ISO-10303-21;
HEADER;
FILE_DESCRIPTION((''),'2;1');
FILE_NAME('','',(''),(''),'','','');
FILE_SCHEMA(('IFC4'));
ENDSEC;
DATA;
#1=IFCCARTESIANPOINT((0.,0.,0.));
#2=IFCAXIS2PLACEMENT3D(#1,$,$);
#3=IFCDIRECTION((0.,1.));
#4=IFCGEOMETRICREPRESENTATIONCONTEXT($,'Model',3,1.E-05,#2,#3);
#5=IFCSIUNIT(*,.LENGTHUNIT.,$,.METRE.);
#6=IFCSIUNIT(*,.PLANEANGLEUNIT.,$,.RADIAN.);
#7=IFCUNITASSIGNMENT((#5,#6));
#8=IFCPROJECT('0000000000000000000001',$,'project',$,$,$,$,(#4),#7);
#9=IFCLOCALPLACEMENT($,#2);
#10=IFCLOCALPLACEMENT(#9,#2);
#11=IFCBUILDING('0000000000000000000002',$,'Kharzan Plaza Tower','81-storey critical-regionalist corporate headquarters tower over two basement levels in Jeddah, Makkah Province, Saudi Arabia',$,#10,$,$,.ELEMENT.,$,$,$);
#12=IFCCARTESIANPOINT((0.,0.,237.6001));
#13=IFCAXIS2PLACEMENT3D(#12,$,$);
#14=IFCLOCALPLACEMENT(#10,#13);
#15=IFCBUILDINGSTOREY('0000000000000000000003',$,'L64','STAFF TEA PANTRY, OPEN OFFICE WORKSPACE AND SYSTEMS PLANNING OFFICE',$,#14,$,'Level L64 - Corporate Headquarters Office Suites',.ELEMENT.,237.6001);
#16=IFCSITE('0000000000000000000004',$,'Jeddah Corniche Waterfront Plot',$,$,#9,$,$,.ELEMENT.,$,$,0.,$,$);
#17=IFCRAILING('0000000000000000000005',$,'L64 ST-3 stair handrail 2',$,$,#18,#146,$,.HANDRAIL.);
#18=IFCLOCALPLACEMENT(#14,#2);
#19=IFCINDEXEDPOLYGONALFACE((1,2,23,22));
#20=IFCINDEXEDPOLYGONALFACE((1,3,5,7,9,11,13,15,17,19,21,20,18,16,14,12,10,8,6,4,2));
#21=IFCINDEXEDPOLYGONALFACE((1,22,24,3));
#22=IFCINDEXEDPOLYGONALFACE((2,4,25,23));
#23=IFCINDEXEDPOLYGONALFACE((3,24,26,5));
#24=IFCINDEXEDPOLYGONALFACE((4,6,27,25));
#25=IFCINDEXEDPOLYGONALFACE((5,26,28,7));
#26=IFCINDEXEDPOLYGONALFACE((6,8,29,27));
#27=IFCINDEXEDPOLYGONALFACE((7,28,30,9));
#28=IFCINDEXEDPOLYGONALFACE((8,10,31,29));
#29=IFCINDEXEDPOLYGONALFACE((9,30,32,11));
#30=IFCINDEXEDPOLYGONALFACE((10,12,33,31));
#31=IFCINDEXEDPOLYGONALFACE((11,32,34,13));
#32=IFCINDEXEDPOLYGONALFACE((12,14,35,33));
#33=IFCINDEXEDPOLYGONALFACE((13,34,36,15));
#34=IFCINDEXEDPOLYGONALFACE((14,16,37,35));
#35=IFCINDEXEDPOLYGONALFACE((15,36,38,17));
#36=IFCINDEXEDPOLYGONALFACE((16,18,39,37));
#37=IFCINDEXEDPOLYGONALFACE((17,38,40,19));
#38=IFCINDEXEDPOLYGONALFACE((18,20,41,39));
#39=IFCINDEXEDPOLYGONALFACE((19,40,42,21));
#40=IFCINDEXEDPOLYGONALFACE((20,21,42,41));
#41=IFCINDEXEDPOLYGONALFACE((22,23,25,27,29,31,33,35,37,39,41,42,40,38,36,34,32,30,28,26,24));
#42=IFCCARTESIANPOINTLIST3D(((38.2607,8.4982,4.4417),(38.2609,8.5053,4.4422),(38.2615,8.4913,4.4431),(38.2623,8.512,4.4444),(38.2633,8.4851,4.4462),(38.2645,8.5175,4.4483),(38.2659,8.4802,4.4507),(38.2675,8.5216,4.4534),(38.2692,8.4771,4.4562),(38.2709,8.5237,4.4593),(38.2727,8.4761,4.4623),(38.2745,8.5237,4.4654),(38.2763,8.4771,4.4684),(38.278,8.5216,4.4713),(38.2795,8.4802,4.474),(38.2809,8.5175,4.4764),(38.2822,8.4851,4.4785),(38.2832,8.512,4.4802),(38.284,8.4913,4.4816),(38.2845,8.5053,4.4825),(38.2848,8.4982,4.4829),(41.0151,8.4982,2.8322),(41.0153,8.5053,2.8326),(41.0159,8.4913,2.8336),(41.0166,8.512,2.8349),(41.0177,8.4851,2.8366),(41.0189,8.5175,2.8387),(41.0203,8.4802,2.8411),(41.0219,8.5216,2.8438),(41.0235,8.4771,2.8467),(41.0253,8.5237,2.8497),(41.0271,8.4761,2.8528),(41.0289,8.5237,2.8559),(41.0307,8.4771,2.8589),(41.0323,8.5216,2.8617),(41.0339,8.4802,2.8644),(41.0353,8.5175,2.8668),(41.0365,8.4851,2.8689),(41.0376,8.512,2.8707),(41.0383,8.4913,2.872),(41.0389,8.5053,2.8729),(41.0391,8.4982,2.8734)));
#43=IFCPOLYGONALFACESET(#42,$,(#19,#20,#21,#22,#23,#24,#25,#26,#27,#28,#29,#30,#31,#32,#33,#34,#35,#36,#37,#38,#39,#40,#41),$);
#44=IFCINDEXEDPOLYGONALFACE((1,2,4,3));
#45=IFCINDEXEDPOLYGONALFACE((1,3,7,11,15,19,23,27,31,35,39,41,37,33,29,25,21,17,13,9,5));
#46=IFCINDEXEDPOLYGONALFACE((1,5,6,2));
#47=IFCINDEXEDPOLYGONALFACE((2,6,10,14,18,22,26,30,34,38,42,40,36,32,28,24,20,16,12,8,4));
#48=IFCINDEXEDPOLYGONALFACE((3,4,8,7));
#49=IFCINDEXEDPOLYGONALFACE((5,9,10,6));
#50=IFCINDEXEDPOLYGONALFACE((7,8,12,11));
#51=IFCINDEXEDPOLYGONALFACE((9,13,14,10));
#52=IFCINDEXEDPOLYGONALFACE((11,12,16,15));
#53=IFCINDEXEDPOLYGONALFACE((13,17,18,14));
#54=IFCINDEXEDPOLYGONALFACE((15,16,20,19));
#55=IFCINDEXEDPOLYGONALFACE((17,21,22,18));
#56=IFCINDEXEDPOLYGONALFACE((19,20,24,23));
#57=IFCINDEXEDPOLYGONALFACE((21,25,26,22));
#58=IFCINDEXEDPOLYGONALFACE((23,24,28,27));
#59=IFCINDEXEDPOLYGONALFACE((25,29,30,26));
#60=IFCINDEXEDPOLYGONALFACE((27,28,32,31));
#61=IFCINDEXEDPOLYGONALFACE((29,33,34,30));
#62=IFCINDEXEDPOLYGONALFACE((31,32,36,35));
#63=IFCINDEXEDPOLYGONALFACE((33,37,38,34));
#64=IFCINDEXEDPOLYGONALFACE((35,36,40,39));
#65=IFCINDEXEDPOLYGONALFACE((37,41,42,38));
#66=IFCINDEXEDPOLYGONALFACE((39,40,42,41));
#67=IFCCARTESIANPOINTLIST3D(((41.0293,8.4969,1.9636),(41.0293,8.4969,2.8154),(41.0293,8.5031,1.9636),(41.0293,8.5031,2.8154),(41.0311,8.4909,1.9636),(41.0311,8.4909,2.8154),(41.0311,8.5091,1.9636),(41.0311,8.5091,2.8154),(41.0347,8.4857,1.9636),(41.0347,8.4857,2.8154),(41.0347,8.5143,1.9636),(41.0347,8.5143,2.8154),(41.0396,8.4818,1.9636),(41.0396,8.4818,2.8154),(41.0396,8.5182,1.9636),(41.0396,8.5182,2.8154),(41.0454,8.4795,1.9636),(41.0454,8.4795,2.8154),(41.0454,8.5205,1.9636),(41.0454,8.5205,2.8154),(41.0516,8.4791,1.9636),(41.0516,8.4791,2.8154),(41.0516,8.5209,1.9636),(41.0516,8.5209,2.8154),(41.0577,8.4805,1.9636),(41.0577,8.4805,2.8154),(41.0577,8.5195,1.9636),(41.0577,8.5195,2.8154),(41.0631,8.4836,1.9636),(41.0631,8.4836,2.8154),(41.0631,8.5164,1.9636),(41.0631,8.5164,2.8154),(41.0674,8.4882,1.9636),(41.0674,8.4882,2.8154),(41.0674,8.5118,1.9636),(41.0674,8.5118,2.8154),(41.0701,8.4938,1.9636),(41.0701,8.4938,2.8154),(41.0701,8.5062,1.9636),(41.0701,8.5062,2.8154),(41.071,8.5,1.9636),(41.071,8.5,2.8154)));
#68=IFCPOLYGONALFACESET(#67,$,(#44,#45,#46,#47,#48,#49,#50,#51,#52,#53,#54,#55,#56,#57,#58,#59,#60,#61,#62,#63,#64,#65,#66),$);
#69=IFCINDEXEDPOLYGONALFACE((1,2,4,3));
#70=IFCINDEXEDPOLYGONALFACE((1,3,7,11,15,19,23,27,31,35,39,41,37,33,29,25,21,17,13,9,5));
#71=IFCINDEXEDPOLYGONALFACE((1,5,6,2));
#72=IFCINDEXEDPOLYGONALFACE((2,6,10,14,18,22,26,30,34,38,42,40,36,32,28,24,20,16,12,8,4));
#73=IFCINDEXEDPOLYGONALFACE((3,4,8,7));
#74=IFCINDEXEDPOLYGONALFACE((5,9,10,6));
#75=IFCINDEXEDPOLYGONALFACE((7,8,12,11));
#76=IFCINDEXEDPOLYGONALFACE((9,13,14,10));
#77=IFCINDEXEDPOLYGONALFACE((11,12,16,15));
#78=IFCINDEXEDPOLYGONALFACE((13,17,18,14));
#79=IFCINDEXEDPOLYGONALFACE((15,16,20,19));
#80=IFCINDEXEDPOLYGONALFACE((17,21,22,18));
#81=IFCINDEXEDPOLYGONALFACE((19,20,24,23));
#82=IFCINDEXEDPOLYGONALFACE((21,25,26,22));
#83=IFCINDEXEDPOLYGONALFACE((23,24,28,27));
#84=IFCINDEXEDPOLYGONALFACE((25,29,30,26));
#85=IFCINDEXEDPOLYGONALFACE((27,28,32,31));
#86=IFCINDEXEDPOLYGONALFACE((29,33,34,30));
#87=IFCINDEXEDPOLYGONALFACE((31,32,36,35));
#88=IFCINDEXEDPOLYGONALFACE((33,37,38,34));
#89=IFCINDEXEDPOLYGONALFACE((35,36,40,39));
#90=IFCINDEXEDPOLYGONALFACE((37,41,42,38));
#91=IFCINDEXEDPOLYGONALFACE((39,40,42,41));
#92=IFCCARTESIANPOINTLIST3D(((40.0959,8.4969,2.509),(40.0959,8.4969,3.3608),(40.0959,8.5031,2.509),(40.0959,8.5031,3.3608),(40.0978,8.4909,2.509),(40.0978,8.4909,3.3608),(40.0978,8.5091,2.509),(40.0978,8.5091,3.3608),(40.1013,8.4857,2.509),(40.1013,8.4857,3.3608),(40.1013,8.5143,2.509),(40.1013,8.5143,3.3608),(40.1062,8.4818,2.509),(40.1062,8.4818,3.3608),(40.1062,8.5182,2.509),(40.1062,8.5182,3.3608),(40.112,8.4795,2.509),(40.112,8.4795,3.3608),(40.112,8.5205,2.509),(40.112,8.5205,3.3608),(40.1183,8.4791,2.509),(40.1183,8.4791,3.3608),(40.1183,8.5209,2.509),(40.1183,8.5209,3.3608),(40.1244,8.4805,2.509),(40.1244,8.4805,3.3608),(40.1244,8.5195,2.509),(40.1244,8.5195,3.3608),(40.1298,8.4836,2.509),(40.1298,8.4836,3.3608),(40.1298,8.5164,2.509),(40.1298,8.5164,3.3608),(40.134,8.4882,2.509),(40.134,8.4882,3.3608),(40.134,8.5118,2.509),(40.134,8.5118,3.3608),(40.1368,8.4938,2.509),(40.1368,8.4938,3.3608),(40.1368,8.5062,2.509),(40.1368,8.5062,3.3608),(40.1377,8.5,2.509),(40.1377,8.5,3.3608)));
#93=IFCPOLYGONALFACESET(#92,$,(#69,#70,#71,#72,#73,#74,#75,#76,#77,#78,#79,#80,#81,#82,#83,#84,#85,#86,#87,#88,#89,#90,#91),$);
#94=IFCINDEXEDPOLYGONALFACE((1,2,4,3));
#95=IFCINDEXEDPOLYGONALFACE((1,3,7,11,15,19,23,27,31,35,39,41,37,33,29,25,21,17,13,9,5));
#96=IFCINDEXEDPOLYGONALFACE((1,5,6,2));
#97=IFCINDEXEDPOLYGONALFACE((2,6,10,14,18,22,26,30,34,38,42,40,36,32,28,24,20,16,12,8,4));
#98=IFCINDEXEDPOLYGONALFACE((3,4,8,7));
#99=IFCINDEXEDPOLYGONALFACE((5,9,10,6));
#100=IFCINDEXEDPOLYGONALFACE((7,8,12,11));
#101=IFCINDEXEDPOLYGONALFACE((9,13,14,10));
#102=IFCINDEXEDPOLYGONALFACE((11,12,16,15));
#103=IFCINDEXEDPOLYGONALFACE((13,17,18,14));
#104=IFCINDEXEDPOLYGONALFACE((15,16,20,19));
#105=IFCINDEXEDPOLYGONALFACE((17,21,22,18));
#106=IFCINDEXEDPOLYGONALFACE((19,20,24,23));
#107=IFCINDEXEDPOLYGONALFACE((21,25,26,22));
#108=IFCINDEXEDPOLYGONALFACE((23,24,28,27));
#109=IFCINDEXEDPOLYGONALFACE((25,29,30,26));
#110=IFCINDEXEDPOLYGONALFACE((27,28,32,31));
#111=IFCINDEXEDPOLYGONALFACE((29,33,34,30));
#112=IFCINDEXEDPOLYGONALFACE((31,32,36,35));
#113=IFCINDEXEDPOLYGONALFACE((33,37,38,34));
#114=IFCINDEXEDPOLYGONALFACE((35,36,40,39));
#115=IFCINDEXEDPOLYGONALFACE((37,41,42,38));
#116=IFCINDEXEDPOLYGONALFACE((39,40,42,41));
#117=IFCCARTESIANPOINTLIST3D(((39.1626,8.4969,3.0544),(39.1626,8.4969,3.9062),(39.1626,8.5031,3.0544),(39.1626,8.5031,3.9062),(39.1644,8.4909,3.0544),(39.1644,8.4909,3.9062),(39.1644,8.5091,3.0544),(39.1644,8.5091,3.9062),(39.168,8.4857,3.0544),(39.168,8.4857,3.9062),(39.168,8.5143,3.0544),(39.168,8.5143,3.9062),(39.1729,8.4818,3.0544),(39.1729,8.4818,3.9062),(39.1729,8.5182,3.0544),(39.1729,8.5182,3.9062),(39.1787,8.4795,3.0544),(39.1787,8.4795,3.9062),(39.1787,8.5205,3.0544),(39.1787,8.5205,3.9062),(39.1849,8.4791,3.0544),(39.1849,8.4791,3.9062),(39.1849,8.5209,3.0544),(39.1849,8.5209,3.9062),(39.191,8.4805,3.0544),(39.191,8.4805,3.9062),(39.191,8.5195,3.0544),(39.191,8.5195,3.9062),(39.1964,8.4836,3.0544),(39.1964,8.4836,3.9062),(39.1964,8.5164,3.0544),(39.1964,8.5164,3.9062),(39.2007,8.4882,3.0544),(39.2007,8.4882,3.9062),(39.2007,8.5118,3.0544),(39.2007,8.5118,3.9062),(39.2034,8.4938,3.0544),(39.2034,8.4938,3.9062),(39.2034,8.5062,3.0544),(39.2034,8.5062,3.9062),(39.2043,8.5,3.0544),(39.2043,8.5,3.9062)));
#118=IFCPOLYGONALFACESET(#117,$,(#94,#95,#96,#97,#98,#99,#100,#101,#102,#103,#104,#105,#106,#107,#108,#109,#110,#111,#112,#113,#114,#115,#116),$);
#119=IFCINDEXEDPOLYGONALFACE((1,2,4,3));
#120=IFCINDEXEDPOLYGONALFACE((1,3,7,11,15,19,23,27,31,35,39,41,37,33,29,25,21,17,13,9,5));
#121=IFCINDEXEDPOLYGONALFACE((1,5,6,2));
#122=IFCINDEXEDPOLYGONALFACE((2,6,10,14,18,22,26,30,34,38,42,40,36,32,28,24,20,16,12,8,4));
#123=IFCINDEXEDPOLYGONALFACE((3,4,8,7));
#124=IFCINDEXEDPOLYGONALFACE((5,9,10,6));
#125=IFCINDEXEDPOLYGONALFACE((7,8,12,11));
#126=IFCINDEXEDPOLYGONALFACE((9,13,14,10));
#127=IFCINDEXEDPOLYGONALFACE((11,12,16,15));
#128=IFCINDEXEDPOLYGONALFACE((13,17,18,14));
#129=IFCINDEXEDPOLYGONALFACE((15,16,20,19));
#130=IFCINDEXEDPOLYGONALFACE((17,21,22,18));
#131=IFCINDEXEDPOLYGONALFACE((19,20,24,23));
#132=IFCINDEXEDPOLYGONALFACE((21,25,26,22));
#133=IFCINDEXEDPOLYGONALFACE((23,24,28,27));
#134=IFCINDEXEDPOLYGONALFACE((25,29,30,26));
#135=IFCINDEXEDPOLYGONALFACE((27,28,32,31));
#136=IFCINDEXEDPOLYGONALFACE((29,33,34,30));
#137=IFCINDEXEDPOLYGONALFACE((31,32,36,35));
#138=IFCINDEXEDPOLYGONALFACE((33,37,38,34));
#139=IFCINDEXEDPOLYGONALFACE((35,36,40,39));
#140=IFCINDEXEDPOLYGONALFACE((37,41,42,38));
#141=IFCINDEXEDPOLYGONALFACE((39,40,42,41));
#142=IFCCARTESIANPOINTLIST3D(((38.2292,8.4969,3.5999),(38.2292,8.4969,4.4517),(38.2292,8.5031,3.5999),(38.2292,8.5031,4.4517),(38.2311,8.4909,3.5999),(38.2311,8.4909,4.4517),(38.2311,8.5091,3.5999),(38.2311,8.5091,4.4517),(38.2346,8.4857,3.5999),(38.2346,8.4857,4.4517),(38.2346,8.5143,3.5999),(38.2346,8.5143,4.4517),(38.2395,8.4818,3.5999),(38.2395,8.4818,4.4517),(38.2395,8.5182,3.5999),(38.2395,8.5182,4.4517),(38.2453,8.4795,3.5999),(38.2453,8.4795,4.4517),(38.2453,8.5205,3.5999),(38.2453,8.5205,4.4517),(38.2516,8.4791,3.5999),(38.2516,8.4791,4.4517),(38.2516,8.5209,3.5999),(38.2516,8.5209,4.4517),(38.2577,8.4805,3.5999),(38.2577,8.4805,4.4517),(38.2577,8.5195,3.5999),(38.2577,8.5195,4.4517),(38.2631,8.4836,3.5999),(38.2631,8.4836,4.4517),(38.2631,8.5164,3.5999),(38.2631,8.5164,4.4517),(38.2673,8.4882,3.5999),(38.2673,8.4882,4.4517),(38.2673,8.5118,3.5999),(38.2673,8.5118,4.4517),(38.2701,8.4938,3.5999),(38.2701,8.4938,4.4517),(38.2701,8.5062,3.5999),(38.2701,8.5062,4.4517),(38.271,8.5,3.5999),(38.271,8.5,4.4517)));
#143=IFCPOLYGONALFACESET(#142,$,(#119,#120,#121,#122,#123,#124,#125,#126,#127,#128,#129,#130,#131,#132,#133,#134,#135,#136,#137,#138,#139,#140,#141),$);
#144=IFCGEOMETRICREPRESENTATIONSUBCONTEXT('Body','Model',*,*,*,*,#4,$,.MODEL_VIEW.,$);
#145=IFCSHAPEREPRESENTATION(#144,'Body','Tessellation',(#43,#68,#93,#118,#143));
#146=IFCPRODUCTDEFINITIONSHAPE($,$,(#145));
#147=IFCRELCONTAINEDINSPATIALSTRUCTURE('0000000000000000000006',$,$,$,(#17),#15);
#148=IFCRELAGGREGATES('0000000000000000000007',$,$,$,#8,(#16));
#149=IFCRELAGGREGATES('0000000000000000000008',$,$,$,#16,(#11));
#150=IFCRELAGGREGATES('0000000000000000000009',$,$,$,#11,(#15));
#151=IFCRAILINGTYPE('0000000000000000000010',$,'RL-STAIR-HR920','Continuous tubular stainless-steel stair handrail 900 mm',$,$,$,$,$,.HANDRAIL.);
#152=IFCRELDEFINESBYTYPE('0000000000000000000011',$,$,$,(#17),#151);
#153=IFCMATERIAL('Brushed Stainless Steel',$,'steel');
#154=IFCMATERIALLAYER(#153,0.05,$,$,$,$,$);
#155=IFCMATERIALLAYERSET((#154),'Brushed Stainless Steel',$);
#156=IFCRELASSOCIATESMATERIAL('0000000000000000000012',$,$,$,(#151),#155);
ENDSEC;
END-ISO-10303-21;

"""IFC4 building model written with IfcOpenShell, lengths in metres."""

from ifc_helpers import new_model, si_unit, direction, frame, origin, origin_2d, place, context, subcontext, project, spatial, circle, extrude, source, transform, mapped, material, layer, layer_set, type_object, element, save


model = new_model("IFC4")

# Units and contexts
model_context = context("Model", 3, precision=1e-05, world=origin(), true_north=direction((0.0, 1.0)))
body_context = subcontext(model_context, "Body", "Model", "MODEL_VIEW")
ifc_project = project(units=[si_unit("LENGTHUNIT", "METRE"), si_unit("PLANEANGLEUNIT", "RADIAN")], contexts=[model_context])

# Site, building, storey
site_placement = place(None, origin())
site = spatial("IfcSite", under=ifc_project, at=site_placement, Name="Jeddah Corniche Waterfront Plot", CompositionType="ELEMENT", RefElevation=0.0)
building_placement = place(site_placement, origin())
building = spatial("IfcBuilding", under=site, at=building_placement, Name="Kharzan Plaza Tower", Description="81-storey critical-regionalist corporate headquarters tower over two basement levels in Jeddah, Makkah Province, Saudi Arabia", CompositionType="ELEMENT")
storey_placement = place(building_placement, frame((0.0, 0.0, 237.6001)))
storey = spatial("IfcBuildingStorey", under=building, at=storey_placement, Name="L64", Description="STAFF TEA PANTRY, OPEN OFFICE WORKSPACE AND SYSTEMS PLANNING OFFICE", LongName="Level L64 - Corporate Headquarters Office Suites", CompositionType="ELEMENT", Elevation=237.6001)

# Shared definitions
ifc_material_1 = material(Name="Brushed Stainless Steel", Category="steel")

# Railing
ifc_layer_1 = layer(ifc_material_1, 0.05)
ifc_layer_set_1 = layer_set([ifc_layer_1], Name="Brushed Stainless Steel")
railing_type_1 = type_object("IfcRailingType", Name="RL-STAIR-HR920", Description="Continuous tubular stainless-steel stair handrail 900 mm", PredefinedType="HANDRAIL", material=ifc_layer_set_1)
shared_shape_1 = source(origin(), body_context, "Body", "SweptSolid", [
    extrude(circle(Radius=0.0239, at=origin_2d()), frame((-0.0229, 0.0, 0.8892), z_axis=(-0.863394, 0.0, 0.504531), x_axis=(0.0, -1.0, 0.0)), (0.0, 0.0, 1.0), 3.1902),
    extrude(circle(Radius=0.021, at=origin_2d()), origin(), (0.0, 0.0, 1.0), 0.8518),
    extrude(circle(Radius=0.021, at=origin_2d()), frame((-0.9333, 0.0, 0.5454)), (0.0, 0.0, 1.0), 0.8518),
    extrude(circle(Radius=0.021, at=origin_2d()), frame((-1.8667, 0.0, 1.0908)), (0.0, 0.0, 1.0), 0.8518),
    extrude(circle(Radius=0.021, at=origin_2d()), frame((-2.8, 0.0, 1.6362)), (0.0, 0.0, 1.0), 0.8518),
])
railing_1_placement = place(storey_placement, frame((41.05, 8.5, 1.9636)))
element("IfcRailing", 1, at=railing_1_placement, inside=storey, type_object=railing_type_1, Name="L64 ST-3 stair handrail 2", PredefinedType="HANDRAIL", context=body_context, shape_type="MappedRepresentation", body=[
    mapped(shared_shape_1, transform((0.0, 0.0, 0.0), x_axis=(1.0, 0.0, 0.0), y_axis=(0.0, 1.0, 0.0), z_axis=(0.0, 0.0, 1.0))),
])

save(model, "model.ifc")
